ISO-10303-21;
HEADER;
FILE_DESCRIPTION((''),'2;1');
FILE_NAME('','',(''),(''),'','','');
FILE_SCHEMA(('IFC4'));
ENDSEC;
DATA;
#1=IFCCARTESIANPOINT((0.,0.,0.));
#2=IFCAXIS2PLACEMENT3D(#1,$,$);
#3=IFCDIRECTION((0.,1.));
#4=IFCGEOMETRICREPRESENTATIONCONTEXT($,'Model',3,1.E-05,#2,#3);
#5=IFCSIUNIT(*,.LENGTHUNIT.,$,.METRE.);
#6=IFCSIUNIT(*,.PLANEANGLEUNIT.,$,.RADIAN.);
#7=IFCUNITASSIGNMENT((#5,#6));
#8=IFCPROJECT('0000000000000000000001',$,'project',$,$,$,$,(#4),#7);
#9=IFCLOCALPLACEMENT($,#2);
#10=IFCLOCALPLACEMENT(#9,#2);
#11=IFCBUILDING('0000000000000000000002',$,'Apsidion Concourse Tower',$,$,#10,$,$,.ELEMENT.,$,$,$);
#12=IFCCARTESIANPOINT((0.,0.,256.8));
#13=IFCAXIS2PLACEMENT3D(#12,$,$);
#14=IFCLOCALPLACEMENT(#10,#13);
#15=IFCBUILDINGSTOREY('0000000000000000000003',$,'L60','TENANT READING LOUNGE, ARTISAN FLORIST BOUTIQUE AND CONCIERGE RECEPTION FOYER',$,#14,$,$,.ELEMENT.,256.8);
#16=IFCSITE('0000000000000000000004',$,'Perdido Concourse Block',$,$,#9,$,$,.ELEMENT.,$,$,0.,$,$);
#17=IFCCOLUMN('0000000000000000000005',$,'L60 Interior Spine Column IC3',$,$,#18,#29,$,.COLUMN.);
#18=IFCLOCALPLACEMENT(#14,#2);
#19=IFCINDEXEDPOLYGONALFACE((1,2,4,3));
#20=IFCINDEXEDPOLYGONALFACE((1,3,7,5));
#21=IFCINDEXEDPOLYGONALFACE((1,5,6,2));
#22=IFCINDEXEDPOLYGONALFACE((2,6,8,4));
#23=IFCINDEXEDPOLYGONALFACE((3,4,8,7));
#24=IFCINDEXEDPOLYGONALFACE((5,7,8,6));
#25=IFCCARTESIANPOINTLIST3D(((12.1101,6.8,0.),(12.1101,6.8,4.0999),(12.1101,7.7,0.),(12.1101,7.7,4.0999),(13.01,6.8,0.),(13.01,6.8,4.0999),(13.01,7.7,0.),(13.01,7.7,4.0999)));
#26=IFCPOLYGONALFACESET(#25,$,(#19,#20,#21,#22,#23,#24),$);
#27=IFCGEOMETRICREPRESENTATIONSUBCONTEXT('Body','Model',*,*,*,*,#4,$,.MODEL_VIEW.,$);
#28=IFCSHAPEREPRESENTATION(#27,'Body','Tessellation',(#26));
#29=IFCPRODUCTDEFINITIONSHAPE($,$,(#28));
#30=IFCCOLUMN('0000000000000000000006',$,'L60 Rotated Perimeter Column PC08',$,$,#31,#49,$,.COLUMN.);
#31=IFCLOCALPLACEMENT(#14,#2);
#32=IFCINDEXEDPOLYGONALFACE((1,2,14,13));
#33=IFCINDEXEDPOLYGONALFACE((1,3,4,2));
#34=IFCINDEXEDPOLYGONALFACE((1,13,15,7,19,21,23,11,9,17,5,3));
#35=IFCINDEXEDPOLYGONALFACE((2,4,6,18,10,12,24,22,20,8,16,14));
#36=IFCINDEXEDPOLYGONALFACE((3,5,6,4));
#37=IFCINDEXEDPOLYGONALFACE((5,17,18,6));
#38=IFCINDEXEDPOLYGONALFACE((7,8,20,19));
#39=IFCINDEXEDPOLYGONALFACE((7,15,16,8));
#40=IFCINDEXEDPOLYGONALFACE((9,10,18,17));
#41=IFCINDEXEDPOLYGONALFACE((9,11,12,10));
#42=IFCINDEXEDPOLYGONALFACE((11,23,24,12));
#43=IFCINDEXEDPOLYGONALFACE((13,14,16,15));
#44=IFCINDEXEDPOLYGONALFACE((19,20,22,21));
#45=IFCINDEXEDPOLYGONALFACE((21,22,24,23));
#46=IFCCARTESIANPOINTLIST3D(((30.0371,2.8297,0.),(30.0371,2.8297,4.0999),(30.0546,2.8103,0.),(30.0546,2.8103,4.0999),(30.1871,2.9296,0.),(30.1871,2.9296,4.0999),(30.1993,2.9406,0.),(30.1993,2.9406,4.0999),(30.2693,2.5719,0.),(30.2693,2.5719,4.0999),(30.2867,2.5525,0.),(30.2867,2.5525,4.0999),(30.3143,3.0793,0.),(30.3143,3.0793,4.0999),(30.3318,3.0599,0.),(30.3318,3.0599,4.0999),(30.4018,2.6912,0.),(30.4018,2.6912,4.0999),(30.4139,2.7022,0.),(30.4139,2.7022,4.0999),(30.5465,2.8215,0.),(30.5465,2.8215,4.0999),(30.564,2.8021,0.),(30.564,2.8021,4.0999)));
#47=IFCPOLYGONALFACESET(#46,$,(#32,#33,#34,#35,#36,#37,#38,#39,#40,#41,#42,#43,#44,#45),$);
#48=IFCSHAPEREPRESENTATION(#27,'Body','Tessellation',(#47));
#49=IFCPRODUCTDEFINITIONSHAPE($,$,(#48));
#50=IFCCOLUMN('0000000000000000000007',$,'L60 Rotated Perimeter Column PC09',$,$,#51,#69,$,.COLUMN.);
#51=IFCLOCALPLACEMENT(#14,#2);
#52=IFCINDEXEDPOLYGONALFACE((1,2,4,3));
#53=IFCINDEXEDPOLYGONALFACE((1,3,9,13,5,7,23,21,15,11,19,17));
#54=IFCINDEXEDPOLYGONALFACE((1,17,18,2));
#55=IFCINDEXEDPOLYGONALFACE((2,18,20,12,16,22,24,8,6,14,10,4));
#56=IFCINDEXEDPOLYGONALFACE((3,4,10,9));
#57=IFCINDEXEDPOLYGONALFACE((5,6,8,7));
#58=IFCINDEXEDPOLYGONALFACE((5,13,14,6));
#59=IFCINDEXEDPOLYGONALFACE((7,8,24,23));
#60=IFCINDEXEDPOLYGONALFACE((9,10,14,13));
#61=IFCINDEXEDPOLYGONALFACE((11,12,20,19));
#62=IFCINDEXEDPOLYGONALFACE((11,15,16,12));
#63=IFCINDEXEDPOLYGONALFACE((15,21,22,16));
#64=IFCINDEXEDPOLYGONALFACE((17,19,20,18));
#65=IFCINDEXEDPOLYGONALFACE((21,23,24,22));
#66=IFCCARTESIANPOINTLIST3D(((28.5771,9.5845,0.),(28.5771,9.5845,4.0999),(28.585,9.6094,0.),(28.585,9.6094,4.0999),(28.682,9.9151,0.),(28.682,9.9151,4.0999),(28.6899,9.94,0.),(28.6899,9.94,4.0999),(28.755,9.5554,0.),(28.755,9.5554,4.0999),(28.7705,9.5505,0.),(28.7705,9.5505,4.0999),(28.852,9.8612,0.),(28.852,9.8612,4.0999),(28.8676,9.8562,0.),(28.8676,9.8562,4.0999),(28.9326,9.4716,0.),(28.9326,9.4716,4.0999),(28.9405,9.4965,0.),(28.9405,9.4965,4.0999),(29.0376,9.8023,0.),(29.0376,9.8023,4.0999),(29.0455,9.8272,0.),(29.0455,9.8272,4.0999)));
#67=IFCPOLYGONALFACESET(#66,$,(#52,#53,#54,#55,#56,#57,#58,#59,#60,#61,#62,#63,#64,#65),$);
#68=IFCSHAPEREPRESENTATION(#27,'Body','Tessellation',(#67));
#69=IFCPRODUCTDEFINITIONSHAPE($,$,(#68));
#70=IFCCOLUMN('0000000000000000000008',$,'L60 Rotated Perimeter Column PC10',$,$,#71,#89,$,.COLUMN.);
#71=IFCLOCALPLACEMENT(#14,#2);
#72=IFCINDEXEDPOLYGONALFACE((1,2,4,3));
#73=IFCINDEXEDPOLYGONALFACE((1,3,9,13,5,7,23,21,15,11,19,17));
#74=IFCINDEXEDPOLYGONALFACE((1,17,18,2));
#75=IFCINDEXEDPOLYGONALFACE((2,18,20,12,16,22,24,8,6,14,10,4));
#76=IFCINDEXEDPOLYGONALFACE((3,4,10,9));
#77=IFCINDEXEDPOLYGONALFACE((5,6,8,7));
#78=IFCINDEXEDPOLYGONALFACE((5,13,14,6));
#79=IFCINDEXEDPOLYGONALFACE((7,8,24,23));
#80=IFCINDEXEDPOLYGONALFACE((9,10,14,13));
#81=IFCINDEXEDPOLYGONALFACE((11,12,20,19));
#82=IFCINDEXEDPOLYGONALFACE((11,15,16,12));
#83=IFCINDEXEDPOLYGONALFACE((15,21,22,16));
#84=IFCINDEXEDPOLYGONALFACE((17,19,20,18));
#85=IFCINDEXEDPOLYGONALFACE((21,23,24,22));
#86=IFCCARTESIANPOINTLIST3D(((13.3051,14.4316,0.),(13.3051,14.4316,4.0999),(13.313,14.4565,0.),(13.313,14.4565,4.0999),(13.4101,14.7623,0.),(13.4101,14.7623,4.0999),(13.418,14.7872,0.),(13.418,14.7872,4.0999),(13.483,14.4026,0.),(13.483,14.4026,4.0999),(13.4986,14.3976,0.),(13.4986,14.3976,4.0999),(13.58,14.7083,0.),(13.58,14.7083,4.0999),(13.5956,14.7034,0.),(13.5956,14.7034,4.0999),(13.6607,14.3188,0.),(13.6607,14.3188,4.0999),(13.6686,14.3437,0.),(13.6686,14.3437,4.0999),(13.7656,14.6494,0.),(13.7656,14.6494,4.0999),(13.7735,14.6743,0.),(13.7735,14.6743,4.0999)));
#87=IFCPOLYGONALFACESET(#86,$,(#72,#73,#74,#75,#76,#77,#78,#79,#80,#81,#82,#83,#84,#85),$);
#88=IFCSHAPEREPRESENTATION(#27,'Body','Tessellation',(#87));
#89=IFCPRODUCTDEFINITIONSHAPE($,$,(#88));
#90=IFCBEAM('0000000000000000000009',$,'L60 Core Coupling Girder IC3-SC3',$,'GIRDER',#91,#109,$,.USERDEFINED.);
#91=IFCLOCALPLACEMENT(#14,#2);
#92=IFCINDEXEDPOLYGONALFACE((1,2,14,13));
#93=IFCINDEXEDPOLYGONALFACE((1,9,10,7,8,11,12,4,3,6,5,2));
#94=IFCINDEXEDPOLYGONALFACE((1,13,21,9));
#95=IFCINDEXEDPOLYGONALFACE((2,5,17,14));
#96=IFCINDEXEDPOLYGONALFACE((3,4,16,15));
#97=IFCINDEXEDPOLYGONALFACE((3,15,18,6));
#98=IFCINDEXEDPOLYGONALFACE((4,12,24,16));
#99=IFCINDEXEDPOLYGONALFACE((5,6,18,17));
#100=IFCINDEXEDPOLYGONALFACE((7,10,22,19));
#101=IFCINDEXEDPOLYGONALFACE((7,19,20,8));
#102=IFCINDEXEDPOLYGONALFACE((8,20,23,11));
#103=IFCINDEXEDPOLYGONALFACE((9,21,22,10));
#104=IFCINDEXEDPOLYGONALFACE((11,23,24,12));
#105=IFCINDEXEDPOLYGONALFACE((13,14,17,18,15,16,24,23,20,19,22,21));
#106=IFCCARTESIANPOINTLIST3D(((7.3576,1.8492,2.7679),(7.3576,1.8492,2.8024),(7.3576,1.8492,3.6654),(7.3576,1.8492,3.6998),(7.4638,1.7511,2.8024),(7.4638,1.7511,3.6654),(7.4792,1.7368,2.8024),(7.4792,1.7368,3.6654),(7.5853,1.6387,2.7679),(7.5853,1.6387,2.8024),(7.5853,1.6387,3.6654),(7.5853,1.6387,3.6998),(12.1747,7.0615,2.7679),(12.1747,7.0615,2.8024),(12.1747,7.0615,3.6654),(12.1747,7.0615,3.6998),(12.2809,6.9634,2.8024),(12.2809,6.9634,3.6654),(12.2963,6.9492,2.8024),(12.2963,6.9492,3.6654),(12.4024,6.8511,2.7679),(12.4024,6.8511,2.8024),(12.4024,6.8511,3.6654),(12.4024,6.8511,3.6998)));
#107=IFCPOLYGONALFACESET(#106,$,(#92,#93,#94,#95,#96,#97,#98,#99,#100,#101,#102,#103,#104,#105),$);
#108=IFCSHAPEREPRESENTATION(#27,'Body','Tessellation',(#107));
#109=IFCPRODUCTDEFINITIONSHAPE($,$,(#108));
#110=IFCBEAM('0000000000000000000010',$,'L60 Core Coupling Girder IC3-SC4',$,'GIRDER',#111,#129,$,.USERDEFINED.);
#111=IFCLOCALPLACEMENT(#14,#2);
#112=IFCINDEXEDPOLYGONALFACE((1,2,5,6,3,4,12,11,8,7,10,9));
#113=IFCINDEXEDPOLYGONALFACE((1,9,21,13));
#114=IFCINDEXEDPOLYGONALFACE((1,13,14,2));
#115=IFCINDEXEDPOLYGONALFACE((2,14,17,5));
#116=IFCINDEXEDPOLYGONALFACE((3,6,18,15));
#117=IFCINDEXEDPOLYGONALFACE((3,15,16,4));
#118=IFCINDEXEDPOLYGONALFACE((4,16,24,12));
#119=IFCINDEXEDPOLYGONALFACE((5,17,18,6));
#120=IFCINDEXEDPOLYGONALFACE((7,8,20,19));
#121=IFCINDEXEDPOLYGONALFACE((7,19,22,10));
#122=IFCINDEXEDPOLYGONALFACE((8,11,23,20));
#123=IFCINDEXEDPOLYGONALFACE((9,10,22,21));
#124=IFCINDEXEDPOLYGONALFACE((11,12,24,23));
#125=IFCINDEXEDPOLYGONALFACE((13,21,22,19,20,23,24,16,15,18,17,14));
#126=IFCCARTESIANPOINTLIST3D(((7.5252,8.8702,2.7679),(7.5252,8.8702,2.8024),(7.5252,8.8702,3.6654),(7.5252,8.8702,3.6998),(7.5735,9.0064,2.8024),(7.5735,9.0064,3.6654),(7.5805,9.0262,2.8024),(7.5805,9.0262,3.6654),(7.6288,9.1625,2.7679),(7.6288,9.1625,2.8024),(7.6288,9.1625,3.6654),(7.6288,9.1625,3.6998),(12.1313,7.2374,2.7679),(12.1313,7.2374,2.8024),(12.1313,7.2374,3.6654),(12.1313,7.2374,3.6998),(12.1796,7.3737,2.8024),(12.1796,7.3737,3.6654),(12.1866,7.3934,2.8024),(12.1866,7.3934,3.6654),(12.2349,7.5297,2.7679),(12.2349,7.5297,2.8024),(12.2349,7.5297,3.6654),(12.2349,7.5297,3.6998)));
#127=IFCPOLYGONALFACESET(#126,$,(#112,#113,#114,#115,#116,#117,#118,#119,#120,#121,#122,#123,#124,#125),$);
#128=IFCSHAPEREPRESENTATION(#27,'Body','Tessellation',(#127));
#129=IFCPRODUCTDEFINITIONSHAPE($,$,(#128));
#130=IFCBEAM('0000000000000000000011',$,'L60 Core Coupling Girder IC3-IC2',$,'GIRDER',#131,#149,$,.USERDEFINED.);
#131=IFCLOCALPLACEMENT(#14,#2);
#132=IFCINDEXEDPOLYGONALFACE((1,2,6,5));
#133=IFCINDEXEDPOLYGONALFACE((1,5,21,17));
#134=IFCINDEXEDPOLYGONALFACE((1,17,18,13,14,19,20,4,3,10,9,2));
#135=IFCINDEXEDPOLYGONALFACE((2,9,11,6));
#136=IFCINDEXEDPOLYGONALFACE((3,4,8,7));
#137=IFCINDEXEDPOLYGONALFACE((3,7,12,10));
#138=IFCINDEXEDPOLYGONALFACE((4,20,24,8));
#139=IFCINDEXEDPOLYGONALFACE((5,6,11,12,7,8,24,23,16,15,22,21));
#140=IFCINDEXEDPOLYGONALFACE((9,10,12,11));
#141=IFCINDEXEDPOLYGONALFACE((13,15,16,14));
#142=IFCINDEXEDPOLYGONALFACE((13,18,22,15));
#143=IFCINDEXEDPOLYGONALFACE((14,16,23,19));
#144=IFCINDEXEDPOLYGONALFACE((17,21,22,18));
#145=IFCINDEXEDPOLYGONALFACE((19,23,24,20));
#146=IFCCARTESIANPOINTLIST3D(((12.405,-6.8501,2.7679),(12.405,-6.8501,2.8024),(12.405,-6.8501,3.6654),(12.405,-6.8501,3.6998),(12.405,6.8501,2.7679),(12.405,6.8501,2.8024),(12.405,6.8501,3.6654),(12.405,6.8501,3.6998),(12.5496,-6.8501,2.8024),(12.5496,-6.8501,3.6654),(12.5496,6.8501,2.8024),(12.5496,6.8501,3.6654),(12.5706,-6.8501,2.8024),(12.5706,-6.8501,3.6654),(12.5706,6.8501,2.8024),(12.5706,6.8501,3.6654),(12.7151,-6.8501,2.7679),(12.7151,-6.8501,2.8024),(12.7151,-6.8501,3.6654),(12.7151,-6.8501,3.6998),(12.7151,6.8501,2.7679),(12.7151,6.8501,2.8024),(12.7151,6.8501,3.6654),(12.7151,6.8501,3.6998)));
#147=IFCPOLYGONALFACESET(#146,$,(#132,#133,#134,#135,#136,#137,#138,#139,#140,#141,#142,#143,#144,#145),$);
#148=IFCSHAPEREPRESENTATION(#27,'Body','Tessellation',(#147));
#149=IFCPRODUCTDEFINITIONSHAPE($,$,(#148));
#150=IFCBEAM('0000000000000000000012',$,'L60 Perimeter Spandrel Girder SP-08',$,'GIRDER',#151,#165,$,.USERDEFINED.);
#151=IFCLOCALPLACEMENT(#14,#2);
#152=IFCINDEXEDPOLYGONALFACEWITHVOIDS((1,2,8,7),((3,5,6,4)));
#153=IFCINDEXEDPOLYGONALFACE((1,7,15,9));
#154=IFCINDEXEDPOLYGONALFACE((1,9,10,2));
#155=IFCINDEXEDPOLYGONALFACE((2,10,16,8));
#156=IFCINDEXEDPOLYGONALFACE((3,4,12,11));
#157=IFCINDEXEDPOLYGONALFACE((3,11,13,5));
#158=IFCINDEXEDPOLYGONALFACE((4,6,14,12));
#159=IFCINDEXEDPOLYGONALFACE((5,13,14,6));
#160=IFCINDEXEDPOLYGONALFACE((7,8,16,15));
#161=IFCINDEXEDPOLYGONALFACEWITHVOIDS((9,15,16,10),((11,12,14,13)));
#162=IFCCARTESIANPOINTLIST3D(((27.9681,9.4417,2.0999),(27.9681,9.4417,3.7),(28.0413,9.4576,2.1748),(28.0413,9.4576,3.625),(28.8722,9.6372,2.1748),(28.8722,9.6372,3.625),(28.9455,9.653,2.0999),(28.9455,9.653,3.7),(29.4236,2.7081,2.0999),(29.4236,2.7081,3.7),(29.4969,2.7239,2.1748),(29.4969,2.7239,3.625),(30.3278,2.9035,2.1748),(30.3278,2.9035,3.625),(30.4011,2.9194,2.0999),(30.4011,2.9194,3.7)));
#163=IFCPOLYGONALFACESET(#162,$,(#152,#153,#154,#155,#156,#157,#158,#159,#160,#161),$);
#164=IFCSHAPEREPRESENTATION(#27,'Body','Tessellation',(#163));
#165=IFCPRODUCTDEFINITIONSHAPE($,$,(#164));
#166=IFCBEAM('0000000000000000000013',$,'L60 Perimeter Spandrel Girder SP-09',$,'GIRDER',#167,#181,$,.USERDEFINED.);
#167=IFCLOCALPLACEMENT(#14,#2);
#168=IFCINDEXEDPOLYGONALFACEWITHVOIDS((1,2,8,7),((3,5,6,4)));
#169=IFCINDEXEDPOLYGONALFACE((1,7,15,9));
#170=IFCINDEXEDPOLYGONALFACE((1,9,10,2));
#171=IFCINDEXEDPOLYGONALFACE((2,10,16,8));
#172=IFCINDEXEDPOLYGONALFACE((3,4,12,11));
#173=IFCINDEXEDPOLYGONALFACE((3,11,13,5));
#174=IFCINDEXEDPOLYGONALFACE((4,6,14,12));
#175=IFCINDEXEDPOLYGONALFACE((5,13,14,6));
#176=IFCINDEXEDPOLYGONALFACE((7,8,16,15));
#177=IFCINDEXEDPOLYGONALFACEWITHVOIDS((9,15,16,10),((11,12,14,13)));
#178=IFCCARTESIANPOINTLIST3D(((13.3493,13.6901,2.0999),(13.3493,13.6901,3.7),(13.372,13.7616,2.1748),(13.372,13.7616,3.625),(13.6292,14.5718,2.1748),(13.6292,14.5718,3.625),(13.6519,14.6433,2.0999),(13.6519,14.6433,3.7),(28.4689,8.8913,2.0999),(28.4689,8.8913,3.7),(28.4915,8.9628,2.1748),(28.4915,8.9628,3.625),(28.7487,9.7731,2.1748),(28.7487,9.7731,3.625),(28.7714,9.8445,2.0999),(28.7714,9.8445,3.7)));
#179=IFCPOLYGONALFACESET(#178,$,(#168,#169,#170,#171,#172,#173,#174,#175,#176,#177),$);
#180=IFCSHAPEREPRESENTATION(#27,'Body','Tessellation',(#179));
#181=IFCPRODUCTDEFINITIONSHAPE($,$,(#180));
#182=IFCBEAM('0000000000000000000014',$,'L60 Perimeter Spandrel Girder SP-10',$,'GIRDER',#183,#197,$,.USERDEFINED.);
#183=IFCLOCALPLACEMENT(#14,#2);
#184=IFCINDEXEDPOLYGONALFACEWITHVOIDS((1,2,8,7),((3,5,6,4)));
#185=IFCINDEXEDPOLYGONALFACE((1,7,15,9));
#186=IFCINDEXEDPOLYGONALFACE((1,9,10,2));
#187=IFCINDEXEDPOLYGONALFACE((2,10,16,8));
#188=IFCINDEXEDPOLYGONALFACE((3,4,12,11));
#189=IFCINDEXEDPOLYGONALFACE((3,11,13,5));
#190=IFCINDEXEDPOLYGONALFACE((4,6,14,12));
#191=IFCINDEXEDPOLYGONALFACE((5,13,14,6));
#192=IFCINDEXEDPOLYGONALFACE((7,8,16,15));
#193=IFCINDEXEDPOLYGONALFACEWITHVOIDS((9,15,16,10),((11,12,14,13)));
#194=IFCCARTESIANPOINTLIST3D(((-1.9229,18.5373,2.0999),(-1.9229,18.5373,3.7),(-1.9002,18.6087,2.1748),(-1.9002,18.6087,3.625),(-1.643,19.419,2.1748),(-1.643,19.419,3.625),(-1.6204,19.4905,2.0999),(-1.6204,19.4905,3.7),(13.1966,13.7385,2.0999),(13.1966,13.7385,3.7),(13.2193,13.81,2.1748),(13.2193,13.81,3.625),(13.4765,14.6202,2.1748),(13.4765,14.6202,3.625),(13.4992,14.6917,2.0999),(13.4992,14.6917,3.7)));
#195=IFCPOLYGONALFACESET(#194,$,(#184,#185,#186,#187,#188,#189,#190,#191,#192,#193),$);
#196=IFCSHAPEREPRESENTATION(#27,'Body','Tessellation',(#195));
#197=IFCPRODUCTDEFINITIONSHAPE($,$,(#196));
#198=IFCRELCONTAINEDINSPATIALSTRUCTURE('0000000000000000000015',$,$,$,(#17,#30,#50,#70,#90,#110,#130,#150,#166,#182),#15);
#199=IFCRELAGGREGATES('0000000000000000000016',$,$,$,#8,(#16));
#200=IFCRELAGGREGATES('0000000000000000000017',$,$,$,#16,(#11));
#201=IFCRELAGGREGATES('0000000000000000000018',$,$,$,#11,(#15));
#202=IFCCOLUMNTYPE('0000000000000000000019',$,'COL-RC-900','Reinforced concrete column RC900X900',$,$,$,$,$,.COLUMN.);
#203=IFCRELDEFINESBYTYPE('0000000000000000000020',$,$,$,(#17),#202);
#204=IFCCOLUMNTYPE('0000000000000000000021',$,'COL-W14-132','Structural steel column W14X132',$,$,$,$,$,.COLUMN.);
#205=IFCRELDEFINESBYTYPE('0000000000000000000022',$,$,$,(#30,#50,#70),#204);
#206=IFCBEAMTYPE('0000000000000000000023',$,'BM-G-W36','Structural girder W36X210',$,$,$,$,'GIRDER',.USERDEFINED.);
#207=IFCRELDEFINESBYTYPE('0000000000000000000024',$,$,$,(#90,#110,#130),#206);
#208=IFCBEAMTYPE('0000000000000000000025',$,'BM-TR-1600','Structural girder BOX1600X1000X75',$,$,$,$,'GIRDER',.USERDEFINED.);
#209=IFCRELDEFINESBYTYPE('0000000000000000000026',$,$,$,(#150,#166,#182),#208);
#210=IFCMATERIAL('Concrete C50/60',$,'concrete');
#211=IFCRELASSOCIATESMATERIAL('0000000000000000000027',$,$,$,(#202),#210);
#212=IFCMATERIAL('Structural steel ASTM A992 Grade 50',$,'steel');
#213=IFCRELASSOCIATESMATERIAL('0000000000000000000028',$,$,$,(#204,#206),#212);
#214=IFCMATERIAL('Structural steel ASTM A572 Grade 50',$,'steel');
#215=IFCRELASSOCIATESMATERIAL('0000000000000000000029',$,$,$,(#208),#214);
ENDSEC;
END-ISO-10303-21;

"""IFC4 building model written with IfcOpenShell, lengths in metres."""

from ifc_helpers import new_model, si_unit, direction, frame, origin, origin_2d, place, context, subcontext, project, spatial, rectangle, hollow_rectangle, i_section, extrude, material, material_profile, profile_set, type_object, element, save


model = new_model("IFC4")

# Units and contexts
model_context = context("Model", 3, precision=1e-05, world=origin(), true_north=direction((0.0, 1.0)))
body_context = subcontext(model_context, "Body", "Model", "MODEL_VIEW")
ifc_project = project(units=[si_unit("LENGTHUNIT", "METRE"), si_unit("PLANEANGLEUNIT", "RADIAN")], contexts=[model_context])

# Site, building, storey
site_placement = place(None, origin())
site = spatial("IfcSite", under=ifc_project, at=site_placement, Name="Perdido Concourse Block", CompositionType="ELEMENT", RefElevation=0.0)
building_placement = place(site_placement, origin())
building = spatial("IfcBuilding", under=site, at=building_placement, Name="Apsidion Concourse Tower", CompositionType="ELEMENT")
storey_placement = place(building_placement, frame((0.0, 0.0, 256.8)))
storey = spatial("IfcBuildingStorey", under=building, at=storey_placement, Name="L60", Description="TENANT READING LOUNGE, ARTISAN FLORIST BOUTIQUE AND CONCIERGE RECEPTION FOYER", CompositionType="ELEMENT", Elevation=256.8)

# Columns
ifc_material_1 = material(Name="Concrete C50/60", Category="concrete")
ifc_material_profile_1 = material_profile(ifc_material_1, rectangle(XDim=0.8999, YDim=0.8999, at=origin_2d()), Name="RC 900x900")
ifc_profile_set_1 = profile_set([ifc_material_profile_1], Name="Concrete C50/60")
column_type_1 = type_object("IfcColumnType", Name="COL-RC-900", Description="Reinforced concrete column RC900X900", PredefinedType="COLUMN", material=ifc_profile_set_1)
column_placement = place(storey_placement, frame((12.5601, 7.25, 0.0), z_axis=(0.0, 0.0, 1.0), x_axis=(1.0, 0.0, 0.0)))
element("IfcColumn", 1, at=column_placement, inside=storey, type_object=column_type_1, Name="L60 Interior Spine Column IC3", PredefinedType="COLUMN", context=body_context, shape_type="SweptSolid", body=[
    extrude(rectangle(XDim=0.8999, YDim=0.8999, at=origin_2d()), origin(), (0.0, 0.0, 1.0), 4.0999),
])
ifc_material_2 = material(Name="Structural steel ASTM A992 Grade 50", Category="steel")
ifc_material_profile_2 = material_profile(ifc_material_2, i_section(OverallWidth=0.373, OverallDepth=0.373, WebThickness=0.0164, FlangeThickness=0.0261, at=origin_2d()), Name="W14X132")
ifc_profile_set_2 = profile_set([ifc_material_profile_2], Name="Structural steel ASTM A992 Grade 50")
column_type_2 = type_object("IfcColumnType", Name="COL-W14-132", Description="Structural steel column W14X132", PredefinedType="COLUMN", material=ifc_profile_set_2)
for number, where, z_axis, x_axis, name in (
    (2, (30.3005, 2.8159, 0.0), (0.0, 0.0, 1.0), (0.743145, 0.669131, 0.0), "L60 Rotated Perimeter Column PC08"),
    (3, (28.8113, 9.7058, 0.0), (0.0, 0.0, 1.0), (-0.953138, 0.302536, 0.0), "L60 Rotated Perimeter Column PC09"),
    (4, (13.5393, 14.553, 0.0), (0.0, 0.0, 1.0), (-0.953138, 0.302536, 0.0), "L60 Rotated Perimeter Column PC10"),
):
    element("IfcColumn", number, at=place(storey_placement, frame(where, z_axis=z_axis, x_axis=x_axis)), inside=storey, type_object=column_type_2, Name=name, PredefinedType="COLUMN", context=body_context, shape_type="SweptSolid", body=[
        extrude(i_section(OverallWidth=0.373, OverallDepth=0.373, WebThickness=0.0164, FlangeThickness=0.0261, at=origin_2d()), origin(), (0.0, 0.0, 1.0), 4.0999),
    ])

# Beams
ifc_material_profile_3 = material_profile(ifc_material_2, i_section(OverallWidth=0.3101, OverallDepth=0.9319, WebThickness=0.021, FlangeThickness=0.0344, at=origin_2d()), Name="W36X210")
ifc_profile_set_3 = profile_set([ifc_material_profile_3], Name="Structural steel ASTM A992 Grade 50")
beam_type_1 = type_object("IfcBeamType", Name="BM-G-W36", Description="Structural girder W36X210", ElementType="GIRDER", PredefinedType="USERDEFINED", material=ifc_profile_set_3)
beam_1_placement = place(storey_placement, frame((12.2886, 6.9563, 3.2339), z_axis=(-0.678713, -0.734404, 0.0), x_axis=(0.734404, -0.678713, 0.0)))
element("IfcBeam", 5, at=beam_1_placement, inside=storey, type_object=beam_type_1, Name="L60 Core Coupling Girder IC3-SC3", ObjectType="GIRDER", PredefinedType="USERDEFINED", context=body_context, shape_type="SweptSolid", body=[
    extrude(i_section(OverallWidth=0.3101, OverallDepth=0.9319, WebThickness=0.021, FlangeThickness=0.0344, at=origin_2d()), origin(), (0.0, 0.0, 1.0), 7.0974),
])
beam_2_placement = place(storey_placement, frame((12.1831, 7.3835, 3.2339), z_axis=(-0.942534, 0.334111, 0.0), x_axis=(-0.334111, -0.942534, 0.0)))
element("IfcBeam", 6, at=beam_2_placement, inside=storey, type_object=beam_type_1, Name="L60 Core Coupling Girder IC3-SC4", ObjectType="GIRDER", PredefinedType="USERDEFINED", context=body_context, shape_type="SweptSolid", body=[
    extrude(i_section(OverallWidth=0.3101, OverallDepth=0.9319, WebThickness=0.021, FlangeThickness=0.0344, at=origin_2d()), origin(), (0.0, 0.0, 1.0), 4.887),
])
beam_3_placement = place(storey_placement, frame((12.5601, 6.8501, 3.2339), z_axis=(0.0, -1.0, 0.0), x_axis=(1.0, 0.0, 0.0)))
element("IfcBeam", 7, at=beam_3_placement, inside=storey, type_object=beam_type_1, Name="L60 Core Coupling Girder IC3-IC2", ObjectType="GIRDER", PredefinedType="USERDEFINED", context=body_context, shape_type="SweptSolid", body=[
    extrude(i_section(OverallWidth=0.3101, OverallDepth=0.9319, WebThickness=0.021, FlangeThickness=0.0344, at=origin_2d()), origin(), (0.0, 0.0, 1.0), 13.7002),
])
ifc_material_3 = material(Name="Structural steel ASTM A572 Grade 50", Category="steel")
ifc_material_profile_4 = material_profile(ifc_material_3, hollow_rectangle(XDim=1.0, YDim=1.6001, WallThickness=0.075, at=origin_2d()), Name="BOX1600X1000X75")
ifc_profile_set_4 = profile_set([ifc_material_profile_4], Name="Structural steel ASTM A572 Grade 50")
beam_type_2 = type_object("IfcBeamType", Name="BM-TR-1600", Description="Structural girder BOX1600X1000X75", ElementType="GIRDER", PredefinedType="USERDEFINED", material=ifc_profile_set_4)
beam_4_placement = place(storey_placement, frame((29.9124, 2.8137, 2.8999), z_axis=(-0.211283, 0.977425, 0.0), x_axis=(-0.977425, -0.211283, 0.0)))
element("IfcBeam", 8, at=beam_4_placement, inside=storey, type_object=beam_type_2, Name="L60 Perimeter Spandrel Girder SP-08", ObjectType="GIRDER", PredefinedType="USERDEFINED", context=body_context, shape_type="SweptSolid", body=[
    extrude(hollow_rectangle(XDim=1.0, YDim=1.6001, WallThickness=0.075, at=origin_2d()), origin(), (0.0, 0.0, 1.0), 6.8892),
])
for number, where, z_axis, x_axis, name in (
    (9, (28.6201, 9.3679, 2.8999), (-0.953143, 0.302519, 0.0), (-0.302519, -0.953143, 0.0), "L60 Perimeter Spandrel Girder SP-09"),
    (10, (13.3479, 14.2151, 2.8999), (-0.953143, 0.302519, 0.0), (-0.302519, -0.953143, 0.0), "L60 Perimeter Spandrel Girder SP-10"),
):
    element("IfcBeam", number, at=place(storey_placement, frame(where, z_axis=z_axis, x_axis=x_axis)), inside=storey, type_object=beam_type_2, Name=name, ObjectType="GIRDER", PredefinedType="USERDEFINED", context=body_context, shape_type="SweptSolid", body=[
        extrude(hollow_rectangle(XDim=1.0, YDim=1.6001, WallThickness=0.075, at=origin_2d()), origin(), (0.0, 0.0, 1.0), 15.8628),
    ])

save(model, "model.ifc")
